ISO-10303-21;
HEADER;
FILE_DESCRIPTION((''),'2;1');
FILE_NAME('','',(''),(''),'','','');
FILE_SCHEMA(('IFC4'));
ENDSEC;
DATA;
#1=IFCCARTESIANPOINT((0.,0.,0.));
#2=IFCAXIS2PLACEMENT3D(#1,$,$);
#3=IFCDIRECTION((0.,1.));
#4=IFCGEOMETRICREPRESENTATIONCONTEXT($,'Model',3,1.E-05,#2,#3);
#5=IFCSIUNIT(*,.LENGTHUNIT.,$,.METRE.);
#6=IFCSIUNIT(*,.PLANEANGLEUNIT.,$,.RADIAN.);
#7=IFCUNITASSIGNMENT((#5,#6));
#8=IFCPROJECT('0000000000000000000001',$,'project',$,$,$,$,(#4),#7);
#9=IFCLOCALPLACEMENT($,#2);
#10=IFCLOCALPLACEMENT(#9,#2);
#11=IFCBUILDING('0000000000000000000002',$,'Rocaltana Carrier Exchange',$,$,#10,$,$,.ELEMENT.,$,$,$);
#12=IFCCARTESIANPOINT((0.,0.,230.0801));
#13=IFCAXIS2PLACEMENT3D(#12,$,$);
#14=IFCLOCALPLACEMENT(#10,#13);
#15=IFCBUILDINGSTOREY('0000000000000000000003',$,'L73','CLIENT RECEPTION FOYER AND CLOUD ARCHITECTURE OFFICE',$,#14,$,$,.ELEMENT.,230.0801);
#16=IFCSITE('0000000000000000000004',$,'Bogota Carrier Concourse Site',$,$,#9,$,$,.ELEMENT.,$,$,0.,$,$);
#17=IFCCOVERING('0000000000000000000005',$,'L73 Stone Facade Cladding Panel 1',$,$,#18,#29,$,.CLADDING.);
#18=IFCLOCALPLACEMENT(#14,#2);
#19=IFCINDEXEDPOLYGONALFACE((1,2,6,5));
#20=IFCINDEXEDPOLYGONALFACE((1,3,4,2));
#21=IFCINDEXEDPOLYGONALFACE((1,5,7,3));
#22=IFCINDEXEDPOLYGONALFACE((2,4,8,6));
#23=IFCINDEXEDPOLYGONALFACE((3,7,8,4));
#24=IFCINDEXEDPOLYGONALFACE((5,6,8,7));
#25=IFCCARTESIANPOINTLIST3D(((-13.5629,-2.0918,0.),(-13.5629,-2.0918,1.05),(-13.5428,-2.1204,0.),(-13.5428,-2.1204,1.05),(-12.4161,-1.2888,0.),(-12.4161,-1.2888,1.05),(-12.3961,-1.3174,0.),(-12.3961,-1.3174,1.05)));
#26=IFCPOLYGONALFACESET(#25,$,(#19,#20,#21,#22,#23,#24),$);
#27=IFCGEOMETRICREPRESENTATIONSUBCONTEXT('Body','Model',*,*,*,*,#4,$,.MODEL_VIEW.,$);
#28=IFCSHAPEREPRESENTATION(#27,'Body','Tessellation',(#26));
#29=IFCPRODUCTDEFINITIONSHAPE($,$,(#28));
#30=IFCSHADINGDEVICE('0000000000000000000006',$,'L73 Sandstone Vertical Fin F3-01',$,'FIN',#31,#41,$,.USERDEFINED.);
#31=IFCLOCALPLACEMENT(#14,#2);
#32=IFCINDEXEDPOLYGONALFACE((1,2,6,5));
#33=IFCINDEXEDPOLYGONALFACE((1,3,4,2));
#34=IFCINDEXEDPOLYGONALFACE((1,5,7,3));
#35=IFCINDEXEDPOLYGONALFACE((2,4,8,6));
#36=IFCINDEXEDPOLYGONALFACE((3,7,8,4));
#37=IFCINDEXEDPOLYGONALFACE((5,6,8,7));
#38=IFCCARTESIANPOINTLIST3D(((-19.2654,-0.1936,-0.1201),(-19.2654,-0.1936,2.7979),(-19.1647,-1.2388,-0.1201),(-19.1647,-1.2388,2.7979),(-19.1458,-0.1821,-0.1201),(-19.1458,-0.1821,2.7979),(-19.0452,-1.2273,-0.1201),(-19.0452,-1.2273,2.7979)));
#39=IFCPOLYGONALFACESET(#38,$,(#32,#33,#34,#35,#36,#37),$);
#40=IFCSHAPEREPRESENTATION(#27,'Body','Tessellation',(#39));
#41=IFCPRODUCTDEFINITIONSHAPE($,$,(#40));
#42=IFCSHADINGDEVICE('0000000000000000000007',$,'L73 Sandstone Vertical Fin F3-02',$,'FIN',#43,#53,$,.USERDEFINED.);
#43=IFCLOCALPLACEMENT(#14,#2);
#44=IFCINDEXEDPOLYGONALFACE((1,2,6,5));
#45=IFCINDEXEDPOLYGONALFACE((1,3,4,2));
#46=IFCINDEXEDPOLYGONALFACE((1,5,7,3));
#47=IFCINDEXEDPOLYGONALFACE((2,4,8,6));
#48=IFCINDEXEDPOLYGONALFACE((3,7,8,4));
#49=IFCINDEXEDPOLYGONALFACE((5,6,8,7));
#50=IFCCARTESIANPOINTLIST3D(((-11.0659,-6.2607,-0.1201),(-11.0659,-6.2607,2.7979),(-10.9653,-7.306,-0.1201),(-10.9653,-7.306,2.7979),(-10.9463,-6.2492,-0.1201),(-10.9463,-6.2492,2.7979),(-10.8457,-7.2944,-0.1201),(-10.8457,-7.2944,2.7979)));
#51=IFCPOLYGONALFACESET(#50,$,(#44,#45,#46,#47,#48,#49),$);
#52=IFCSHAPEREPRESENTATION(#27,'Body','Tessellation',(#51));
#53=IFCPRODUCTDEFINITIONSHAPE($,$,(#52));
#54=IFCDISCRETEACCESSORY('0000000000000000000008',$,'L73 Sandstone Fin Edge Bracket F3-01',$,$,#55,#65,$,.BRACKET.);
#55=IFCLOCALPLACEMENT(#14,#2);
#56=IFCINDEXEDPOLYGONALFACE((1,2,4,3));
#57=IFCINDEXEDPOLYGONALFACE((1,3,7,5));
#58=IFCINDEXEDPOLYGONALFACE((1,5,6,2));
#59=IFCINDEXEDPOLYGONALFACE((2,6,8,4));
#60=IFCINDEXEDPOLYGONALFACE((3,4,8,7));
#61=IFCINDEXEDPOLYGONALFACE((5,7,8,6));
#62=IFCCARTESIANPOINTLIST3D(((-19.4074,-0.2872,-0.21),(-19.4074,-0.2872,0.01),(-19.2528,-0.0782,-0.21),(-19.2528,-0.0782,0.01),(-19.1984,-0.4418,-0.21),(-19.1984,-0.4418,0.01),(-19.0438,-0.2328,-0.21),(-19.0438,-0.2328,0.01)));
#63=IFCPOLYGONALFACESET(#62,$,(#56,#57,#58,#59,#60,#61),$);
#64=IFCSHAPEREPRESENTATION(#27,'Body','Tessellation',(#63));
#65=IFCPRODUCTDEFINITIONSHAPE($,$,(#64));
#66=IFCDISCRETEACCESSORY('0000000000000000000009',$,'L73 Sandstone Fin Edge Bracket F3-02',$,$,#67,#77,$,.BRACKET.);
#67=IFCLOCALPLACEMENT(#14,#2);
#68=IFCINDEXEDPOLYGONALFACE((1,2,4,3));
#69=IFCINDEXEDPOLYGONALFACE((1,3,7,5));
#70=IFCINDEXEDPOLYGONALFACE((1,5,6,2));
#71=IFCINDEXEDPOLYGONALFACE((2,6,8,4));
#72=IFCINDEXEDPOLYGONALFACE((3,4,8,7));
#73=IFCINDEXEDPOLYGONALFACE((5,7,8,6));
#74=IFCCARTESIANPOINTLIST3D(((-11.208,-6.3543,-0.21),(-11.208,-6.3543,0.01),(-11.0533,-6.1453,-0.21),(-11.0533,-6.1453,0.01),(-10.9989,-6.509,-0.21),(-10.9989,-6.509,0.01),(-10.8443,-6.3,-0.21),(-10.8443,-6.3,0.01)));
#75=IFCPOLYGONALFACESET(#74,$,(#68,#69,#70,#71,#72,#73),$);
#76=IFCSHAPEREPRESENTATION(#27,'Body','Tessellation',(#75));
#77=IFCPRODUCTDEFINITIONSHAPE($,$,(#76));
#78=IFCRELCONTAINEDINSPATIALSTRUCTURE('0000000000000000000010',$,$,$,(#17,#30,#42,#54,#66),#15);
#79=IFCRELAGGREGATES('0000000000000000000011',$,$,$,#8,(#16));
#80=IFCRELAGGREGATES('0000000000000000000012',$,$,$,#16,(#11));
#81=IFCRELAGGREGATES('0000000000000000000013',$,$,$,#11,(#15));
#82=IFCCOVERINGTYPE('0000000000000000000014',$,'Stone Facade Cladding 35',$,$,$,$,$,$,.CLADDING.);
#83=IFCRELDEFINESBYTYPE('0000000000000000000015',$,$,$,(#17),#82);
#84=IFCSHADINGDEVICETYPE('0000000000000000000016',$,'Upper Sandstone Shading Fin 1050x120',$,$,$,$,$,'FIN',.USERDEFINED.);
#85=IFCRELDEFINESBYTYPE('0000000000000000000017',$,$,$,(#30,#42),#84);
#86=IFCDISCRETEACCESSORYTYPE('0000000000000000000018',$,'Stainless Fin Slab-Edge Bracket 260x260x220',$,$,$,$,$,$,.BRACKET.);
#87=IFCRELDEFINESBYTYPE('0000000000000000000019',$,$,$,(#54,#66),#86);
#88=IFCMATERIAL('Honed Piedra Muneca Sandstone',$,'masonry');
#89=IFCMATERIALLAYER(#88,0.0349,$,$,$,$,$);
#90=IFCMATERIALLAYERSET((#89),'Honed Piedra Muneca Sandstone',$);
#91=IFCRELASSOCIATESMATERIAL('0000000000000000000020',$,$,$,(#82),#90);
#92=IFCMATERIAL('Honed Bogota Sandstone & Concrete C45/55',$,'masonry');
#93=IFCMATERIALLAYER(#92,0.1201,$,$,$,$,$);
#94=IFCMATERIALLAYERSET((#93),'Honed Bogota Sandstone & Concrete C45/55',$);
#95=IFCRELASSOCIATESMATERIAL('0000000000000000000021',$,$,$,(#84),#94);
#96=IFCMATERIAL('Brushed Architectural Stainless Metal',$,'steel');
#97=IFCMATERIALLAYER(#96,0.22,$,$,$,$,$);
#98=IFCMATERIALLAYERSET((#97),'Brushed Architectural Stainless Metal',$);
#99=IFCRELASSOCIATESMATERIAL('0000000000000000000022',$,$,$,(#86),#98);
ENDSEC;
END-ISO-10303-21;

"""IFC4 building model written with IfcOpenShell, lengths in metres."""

from ifc_helpers import new_model, si_unit, direction, frame, origin, origin_2d, place, context, subcontext, project, spatial, rectangle, extrude, material, layer, layer_set, type_object, element, save


model = new_model("IFC4")

# Units and contexts
model_context = context("Model", 3, precision=1e-05, world=origin(), true_north=direction((0.0, 1.0)))
body_context = subcontext(model_context, "Body", "Model", "MODEL_VIEW")
ifc_project = project(units=[si_unit("LENGTHUNIT", "METRE"), si_unit("PLANEANGLEUNIT", "RADIAN")], contexts=[model_context])

# Site, building, storey
site_placement = place(None, origin())
site = spatial("IfcSite", under=ifc_project, at=site_placement, Name="Bogota Carrier Concourse Site", CompositionType="ELEMENT", RefElevation=0.0)
building_placement = place(site_placement, origin())
building = spatial("IfcBuilding", under=site, at=building_placement, Name="Rocaltana Carrier Exchange", CompositionType="ELEMENT")
storey_placement = place(building_placement, frame((0.0, 0.0, 230.0801)))
storey = spatial("IfcBuildingStorey", under=building, at=storey_placement, Name="L73", Description="CLIENT RECEPTION FOYER AND CLOUD ARCHITECTURE OFFICE", CompositionType="ELEMENT", Elevation=230.0801)

# Covering
ifc_material_1 = material(Name="Honed Piedra Muneca Sandstone", Category="masonry")
ifc_layer_1 = layer(ifc_material_1, 0.0349)
ifc_layer_set_1 = layer_set([ifc_layer_1], Name="Honed Piedra Muneca Sandstone")
covering_type = type_object("IfcCoveringType", Name="Stone Facade Cladding 35", PredefinedType="CLADDING", material=ifc_layer_set_1)
covering_placement = place(storey_placement, frame((-12.9795, -1.7046, 0.0), z_axis=(0.0, 0.0, 1.0), x_axis=(0.819152, 0.573576, 0.0)))
element("IfcCovering", 1, at=covering_placement, inside=storey, type_object=covering_type, Name="L73 Stone Facade Cladding Panel 1", PredefinedType="CLADDING", context=body_context, shape_type="SweptSolid", body=[
    extrude(rectangle(XDim=1.3999, YDim=0.0349, at=origin_2d()), origin(), (0.0, 0.0, 1.0), 1.05),
])

# Shading devices
ifc_material_2 = material(Name="Honed Bogota Sandstone & Concrete C45/55", Category="masonry")
ifc_layer_2 = layer(ifc_material_2, 0.1201)
ifc_layer_set_2 = layer_set([ifc_layer_2], Name="Honed Bogota Sandstone & Concrete C45/55")
shading_device_type = type_object("IfcShadingDeviceType", Name="Upper Sandstone Shading Fin 1050x120", ElementType="FIN", PredefinedType="USERDEFINED", material=ifc_layer_set_2)
for number, where, z_axis, x_axis, name in (
    (2, (-19.1553, -0.7104, -0.1201), (0.0, 0.0, 1.0), (0.095846, -0.995396, 0.0), "L73 Sandstone Vertical Fin F3-01"),
    (3, (-10.9558, -6.7776, -0.1201), (0.0, 0.0, 1.0), (0.095846, -0.995396, 0.0), "L73 Sandstone Vertical Fin F3-02"),
):
    element("IfcShadingDevice", number, at=place(storey_placement, frame(where, z_axis=z_axis, x_axis=x_axis)), inside=storey, type_object=shading_device_type, Name=name, ObjectType="FIN", PredefinedType="USERDEFINED", context=body_context, shape_type="SweptSolid", body=[
        extrude(rectangle(XDim=1.05, YDim=0.1201, at=origin_2d()), origin(), (0.0, 0.0, 1.0), 2.918),
    ])

# Discrete accessories
ifc_material_3 = material(Name="Brushed Architectural Stainless Metal", Category="steel")
ifc_layer_3 = layer(ifc_material_3, 0.22)
ifc_layer_set_3 = layer_set([ifc_layer_3], Name="Brushed Architectural Stainless Metal")
discrete_accessory_type = type_object("IfcDiscreteAccessoryType", Name="Stainless Fin Slab-Edge Bracket 260x260x220", PredefinedType="BRACKET", material=ifc_layer_set_3)
for number, where, z_axis, x_axis, name in (
    (4, (-19.2256, -0.26, -0.21), (0.0, 0.0, 1.0), (0.803857, -0.594823, 0.0), "L73 Sandstone Fin Edge Bracket F3-01"),
    (5, (-11.0261, -6.3271, -0.21), (0.0, 0.0, 1.0), (0.803857, -0.594823, 0.0), "L73 Sandstone Fin Edge Bracket F3-02"),
):
    element("IfcDiscreteAccessory", number, at=place(storey_placement, frame(where, z_axis=z_axis, x_axis=x_axis)), inside=storey, type_object=discrete_accessory_type, Name=name, PredefinedType="BRACKET", context=body_context, shape_type="SweptSolid", body=[
        extrude(rectangle(XDim=0.26, YDim=0.26, at=origin_2d()), origin(), (0.0, 0.0, 1.0), 0.22),
    ])

save(model, "model.ifc")
